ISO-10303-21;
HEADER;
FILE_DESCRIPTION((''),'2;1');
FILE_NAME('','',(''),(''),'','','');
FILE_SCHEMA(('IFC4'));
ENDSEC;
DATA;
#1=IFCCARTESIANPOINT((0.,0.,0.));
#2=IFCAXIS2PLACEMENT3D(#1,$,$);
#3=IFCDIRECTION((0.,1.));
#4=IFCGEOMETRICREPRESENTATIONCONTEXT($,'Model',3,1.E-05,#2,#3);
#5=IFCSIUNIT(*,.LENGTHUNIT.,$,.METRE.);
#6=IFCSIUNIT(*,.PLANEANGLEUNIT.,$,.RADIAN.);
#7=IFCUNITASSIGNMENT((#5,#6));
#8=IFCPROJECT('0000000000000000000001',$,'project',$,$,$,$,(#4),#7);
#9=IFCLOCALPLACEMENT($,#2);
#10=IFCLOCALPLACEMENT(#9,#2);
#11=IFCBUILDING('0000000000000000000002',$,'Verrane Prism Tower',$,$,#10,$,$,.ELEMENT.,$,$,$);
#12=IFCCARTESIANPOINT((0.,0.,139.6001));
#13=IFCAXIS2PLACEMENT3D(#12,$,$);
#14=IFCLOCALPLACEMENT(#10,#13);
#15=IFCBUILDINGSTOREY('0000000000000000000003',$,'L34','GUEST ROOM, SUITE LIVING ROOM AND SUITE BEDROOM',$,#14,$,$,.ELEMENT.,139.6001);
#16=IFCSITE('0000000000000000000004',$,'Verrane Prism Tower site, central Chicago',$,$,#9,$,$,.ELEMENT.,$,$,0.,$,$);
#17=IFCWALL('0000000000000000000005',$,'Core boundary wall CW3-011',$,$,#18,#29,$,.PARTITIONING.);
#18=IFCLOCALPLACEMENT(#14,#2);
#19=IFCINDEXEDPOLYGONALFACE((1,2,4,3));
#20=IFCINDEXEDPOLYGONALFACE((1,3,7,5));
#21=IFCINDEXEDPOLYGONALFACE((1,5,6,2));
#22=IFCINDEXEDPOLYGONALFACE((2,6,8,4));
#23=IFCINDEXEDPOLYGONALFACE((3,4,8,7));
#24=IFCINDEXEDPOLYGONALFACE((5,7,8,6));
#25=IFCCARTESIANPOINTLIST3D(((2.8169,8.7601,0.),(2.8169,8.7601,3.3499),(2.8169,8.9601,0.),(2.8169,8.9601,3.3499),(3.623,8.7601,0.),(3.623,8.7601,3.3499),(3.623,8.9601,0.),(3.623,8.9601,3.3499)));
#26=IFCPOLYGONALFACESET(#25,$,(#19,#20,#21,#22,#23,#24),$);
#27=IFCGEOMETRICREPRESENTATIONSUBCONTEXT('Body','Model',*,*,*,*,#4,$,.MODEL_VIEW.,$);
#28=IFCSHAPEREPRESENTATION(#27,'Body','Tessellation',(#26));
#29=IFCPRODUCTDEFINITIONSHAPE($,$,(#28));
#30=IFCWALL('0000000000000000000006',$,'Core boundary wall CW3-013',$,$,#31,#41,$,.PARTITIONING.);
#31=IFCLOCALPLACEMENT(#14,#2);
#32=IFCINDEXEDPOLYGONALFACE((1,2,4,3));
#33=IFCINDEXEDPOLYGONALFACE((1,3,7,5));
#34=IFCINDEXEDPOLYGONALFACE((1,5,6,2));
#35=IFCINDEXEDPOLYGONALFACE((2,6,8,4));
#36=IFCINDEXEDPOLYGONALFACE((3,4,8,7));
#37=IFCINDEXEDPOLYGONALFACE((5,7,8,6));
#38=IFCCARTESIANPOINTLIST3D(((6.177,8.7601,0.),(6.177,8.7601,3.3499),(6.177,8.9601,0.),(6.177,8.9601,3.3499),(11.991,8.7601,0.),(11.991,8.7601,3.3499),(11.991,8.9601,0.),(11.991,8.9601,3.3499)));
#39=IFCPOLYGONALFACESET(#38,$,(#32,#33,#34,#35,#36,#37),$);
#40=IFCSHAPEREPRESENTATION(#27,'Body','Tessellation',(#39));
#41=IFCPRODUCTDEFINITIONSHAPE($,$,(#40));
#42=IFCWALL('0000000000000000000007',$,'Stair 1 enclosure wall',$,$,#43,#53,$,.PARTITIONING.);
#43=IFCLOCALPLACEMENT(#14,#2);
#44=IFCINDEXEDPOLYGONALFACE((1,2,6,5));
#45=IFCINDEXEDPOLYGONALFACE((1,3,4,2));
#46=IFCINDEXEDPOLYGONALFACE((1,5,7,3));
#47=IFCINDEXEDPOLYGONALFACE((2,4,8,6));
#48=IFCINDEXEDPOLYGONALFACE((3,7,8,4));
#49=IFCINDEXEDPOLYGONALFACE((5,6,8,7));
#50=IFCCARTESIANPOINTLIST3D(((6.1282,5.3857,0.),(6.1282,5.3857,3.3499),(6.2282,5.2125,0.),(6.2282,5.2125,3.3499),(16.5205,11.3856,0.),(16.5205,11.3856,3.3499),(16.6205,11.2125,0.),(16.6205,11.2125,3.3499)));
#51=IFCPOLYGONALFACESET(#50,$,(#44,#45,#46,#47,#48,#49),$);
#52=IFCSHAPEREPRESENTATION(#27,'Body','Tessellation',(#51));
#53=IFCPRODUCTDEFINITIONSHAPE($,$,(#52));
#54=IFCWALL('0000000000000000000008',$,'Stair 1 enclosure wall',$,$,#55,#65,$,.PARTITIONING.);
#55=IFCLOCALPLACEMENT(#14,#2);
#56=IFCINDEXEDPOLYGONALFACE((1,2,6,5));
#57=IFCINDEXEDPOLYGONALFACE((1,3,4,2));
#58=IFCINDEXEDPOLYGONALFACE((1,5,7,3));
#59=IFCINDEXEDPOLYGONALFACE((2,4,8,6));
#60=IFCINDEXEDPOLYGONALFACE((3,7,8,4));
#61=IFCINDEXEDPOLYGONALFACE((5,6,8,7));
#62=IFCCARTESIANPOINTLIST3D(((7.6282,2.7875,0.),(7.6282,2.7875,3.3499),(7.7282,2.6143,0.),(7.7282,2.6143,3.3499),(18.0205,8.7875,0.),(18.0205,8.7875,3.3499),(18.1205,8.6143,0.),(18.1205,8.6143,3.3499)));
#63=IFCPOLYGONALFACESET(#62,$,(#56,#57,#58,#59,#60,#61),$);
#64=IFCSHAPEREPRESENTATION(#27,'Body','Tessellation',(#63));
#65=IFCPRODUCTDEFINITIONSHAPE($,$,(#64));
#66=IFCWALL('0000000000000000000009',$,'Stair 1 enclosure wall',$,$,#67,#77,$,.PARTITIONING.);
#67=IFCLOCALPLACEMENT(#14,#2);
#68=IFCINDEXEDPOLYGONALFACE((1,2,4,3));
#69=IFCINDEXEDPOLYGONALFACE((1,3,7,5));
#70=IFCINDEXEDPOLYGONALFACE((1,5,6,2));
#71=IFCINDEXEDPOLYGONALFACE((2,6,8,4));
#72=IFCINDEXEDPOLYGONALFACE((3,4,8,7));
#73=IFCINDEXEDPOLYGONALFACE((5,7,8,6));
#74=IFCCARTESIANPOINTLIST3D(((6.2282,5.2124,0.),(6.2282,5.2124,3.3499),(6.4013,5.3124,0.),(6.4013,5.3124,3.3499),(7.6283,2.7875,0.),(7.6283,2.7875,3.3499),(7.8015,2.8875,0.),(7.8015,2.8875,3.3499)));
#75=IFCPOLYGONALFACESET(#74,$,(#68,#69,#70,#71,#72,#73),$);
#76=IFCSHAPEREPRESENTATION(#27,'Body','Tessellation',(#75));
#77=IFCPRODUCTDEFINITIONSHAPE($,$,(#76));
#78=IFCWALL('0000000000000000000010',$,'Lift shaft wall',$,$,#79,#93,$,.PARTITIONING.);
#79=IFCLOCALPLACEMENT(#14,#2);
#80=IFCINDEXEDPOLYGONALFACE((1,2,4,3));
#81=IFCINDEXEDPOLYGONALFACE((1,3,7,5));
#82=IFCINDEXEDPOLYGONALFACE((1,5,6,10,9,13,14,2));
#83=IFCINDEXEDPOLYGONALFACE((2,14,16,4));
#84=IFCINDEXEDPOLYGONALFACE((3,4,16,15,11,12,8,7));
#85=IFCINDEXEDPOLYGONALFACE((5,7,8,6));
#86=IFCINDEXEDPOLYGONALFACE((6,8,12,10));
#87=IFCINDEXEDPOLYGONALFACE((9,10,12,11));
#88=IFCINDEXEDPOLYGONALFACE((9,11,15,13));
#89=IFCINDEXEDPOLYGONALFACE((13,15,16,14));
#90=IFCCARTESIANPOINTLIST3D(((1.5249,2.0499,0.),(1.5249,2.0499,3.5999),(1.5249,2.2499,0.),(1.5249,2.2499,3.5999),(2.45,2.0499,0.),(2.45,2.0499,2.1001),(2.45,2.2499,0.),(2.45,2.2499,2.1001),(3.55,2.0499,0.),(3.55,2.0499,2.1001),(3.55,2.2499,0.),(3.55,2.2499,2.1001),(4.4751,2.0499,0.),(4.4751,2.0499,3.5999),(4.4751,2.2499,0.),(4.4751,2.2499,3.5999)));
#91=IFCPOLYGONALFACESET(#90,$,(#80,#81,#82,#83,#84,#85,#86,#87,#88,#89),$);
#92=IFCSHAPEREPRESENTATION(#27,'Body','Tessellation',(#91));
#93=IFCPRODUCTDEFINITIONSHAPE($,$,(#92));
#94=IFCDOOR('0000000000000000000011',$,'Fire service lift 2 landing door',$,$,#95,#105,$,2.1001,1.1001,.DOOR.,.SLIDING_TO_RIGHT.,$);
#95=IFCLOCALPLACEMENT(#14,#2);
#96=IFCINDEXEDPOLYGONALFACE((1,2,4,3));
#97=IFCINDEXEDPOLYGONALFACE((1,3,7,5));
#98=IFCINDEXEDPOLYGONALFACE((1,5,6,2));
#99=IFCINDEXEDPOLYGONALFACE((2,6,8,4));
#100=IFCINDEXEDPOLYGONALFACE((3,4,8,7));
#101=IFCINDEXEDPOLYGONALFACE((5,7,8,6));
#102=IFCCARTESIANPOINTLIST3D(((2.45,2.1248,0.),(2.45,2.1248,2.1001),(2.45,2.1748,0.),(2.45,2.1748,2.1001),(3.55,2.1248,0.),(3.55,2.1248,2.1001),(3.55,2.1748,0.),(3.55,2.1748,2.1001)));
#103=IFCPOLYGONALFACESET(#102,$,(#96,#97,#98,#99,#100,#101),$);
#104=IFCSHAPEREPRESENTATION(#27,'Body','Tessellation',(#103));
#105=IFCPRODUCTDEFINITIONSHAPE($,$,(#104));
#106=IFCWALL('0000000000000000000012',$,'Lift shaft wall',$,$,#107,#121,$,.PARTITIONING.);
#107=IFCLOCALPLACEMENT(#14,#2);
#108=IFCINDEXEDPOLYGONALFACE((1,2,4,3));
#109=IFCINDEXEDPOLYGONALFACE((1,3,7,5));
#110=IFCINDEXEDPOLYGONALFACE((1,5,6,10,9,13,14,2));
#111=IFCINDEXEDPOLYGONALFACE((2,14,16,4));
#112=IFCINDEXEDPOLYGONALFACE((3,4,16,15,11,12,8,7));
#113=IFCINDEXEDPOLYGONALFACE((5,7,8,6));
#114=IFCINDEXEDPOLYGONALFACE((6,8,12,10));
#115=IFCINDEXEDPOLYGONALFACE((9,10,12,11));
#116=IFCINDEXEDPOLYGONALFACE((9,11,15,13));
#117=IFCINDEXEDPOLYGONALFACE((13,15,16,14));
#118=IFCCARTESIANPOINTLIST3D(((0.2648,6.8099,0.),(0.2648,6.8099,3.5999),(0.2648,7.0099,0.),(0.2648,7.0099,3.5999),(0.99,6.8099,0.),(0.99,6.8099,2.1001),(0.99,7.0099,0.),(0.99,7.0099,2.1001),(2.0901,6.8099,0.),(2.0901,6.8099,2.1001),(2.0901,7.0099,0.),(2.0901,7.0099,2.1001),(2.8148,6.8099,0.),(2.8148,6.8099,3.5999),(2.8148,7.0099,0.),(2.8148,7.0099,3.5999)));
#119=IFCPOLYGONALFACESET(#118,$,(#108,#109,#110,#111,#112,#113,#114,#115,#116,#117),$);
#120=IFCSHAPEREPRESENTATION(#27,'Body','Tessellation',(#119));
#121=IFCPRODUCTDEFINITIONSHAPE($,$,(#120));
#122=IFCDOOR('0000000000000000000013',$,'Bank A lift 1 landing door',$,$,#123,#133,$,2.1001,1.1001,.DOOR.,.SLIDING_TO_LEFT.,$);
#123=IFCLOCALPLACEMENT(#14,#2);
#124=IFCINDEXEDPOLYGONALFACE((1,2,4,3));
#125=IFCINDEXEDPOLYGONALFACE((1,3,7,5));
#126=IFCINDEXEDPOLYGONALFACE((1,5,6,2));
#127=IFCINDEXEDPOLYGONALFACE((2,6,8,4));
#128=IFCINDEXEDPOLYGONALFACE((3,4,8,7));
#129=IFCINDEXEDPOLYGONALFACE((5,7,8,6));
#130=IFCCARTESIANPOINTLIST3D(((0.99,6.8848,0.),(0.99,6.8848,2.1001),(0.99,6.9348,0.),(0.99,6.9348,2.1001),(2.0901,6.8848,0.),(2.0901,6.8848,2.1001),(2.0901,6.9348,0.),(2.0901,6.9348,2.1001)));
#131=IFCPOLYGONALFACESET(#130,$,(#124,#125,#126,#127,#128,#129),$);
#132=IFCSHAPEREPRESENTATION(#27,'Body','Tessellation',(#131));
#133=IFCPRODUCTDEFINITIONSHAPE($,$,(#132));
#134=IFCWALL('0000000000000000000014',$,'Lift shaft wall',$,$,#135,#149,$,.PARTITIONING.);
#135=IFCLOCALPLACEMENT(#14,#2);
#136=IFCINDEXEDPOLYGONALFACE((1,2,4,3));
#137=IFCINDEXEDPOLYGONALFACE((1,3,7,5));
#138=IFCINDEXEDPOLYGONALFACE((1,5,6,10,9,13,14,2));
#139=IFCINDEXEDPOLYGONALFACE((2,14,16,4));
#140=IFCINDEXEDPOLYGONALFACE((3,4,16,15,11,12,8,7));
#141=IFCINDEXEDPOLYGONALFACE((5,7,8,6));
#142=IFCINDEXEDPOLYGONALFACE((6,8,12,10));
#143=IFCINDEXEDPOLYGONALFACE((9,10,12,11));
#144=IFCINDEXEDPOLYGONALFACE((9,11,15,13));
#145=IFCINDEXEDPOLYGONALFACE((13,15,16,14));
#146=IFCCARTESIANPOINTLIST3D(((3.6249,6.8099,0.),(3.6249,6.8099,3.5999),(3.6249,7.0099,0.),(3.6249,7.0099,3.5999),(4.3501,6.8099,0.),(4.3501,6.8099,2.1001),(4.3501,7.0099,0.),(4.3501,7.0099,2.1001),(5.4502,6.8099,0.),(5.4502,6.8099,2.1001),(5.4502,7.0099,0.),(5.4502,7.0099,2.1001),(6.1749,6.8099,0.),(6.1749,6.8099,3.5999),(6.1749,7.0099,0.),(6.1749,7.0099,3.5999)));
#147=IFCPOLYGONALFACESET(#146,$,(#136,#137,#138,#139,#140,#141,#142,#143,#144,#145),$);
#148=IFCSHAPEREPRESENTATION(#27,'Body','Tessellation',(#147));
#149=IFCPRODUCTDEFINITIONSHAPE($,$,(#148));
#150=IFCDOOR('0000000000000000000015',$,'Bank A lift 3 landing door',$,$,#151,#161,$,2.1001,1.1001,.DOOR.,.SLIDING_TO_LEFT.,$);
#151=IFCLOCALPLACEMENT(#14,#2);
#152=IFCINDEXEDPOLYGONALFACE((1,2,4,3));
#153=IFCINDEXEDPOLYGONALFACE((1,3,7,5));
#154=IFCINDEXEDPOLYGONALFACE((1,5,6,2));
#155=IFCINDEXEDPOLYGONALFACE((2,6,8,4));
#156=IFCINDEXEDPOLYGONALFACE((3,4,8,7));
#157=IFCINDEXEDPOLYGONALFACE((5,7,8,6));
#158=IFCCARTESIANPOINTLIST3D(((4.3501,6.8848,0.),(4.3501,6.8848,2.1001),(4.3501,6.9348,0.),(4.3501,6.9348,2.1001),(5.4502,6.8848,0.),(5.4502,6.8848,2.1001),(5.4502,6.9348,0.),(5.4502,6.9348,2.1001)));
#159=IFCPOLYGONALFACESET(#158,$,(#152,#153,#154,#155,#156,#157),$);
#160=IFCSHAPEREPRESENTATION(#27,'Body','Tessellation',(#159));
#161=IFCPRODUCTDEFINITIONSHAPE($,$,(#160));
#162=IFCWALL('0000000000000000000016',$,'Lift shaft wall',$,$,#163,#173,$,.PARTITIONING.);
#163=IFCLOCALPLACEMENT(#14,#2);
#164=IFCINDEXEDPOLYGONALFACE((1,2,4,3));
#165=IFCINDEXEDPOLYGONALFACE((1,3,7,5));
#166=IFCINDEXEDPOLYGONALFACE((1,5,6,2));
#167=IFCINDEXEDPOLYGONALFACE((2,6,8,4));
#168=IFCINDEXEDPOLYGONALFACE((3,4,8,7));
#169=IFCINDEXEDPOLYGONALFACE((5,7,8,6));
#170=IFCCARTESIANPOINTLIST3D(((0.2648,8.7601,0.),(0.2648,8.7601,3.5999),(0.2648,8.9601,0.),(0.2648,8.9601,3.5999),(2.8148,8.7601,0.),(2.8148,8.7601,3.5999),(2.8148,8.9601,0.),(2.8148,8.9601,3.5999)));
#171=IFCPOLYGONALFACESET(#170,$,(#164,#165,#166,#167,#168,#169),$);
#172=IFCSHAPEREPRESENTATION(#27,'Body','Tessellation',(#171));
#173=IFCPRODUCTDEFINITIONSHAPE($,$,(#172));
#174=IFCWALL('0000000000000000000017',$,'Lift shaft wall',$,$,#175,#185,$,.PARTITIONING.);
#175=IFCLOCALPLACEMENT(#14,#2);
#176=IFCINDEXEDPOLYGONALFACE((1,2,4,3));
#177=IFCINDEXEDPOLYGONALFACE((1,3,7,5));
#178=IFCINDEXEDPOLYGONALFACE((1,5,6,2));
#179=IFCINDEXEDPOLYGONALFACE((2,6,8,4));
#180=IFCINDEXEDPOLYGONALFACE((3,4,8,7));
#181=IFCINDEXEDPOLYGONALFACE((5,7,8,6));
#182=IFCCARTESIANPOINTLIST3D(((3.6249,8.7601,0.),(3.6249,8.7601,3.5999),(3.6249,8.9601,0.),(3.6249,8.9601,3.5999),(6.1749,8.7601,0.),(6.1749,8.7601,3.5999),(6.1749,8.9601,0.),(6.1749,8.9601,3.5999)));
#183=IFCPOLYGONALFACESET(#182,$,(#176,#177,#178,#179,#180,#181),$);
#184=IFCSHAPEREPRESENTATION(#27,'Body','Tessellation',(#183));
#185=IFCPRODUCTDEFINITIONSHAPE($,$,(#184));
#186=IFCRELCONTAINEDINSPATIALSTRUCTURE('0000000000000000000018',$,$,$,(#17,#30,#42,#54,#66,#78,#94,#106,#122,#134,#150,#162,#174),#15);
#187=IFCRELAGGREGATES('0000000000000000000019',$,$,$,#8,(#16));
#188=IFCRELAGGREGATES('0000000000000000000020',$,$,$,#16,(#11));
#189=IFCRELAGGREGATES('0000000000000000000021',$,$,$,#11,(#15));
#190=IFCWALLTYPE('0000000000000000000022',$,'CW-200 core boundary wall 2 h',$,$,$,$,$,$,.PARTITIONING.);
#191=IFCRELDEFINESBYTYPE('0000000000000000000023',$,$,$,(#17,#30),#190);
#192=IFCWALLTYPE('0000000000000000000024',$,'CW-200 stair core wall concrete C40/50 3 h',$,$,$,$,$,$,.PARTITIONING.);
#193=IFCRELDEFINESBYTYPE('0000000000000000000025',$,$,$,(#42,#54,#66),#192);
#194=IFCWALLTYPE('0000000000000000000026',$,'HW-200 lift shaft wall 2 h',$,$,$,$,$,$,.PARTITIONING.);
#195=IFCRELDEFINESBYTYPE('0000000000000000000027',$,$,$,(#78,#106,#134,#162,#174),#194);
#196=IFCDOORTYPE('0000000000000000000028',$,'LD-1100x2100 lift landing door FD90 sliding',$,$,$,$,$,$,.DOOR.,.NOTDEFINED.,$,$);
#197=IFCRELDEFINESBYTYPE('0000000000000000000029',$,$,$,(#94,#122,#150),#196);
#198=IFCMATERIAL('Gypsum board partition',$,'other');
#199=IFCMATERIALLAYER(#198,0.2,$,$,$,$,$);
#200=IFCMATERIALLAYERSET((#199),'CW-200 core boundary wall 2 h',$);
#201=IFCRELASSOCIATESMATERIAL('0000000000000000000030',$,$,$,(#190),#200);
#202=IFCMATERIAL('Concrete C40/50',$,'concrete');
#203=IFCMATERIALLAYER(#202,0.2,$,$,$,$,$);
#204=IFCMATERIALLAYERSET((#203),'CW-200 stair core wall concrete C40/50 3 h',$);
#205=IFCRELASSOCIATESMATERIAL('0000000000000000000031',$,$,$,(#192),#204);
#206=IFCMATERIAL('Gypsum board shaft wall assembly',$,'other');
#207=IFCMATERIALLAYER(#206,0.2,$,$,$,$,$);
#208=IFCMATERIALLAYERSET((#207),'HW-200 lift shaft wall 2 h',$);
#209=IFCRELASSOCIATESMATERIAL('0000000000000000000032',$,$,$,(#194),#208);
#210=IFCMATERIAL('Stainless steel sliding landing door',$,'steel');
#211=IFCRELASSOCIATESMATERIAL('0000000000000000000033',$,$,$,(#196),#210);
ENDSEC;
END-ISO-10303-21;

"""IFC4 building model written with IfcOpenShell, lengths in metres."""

from ifc_helpers import new_model, si_unit, direction, frame, frame_2d, origin, place, context, subcontext, project, spatial, rectangle, extrude, material, layer, layer_set, type_object, element, fill, save


model = new_model("IFC4")

# Units and contexts
model_context = context("Model", 3, precision=1e-05, world=origin(), true_north=direction((0.0, 1.0)))
body_context = subcontext(model_context, "Body", "Model", "MODEL_VIEW")
ifc_project = project(units=[si_unit("LENGTHUNIT", "METRE"), si_unit("PLANEANGLEUNIT", "RADIAN")], contexts=[model_context])

# Site, building, storey
site_placement = place(None, origin())
site = spatial("IfcSite", under=ifc_project, at=site_placement, Name="Verrane Prism Tower site, central Chicago", CompositionType="ELEMENT", RefElevation=0.0)
building_placement = place(site_placement, origin())
building = spatial("IfcBuilding", under=site, at=building_placement, Name="Verrane Prism Tower", CompositionType="ELEMENT")
storey_placement = place(building_placement, frame((0.0, 0.0, 139.6001)))
storey = spatial("IfcBuildingStorey", under=building, at=storey_placement, Name="L34", Description="GUEST ROOM, SUITE LIVING ROOM AND SUITE BEDROOM", CompositionType="ELEMENT", Elevation=139.6001)

# Shared definitions
ifc_material_1 = material(Name="Gypsum board partition", Category="other")
ifc_layer_1 = layer(ifc_material_1, 0.2)
ifc_layer_set_1 = layer_set([ifc_layer_1], Name="CW-200 core boundary wall 2 h")
wall_type_1 = type_object("IfcWallType", Name="CW-200 core boundary wall 2 h", PredefinedType="PARTITIONING", material=ifc_layer_set_1)

# Walls
wall_1_placement = place(storey_placement, frame((2.8169, 8.8601, 0.0), z_axis=(0.0, 0.0, 1.0), x_axis=(1.0, 0.0, 0.0)))
element("IfcWall", 1, at=wall_1_placement, inside=storey, type_object=wall_type_1, Name="Core boundary wall CW3-011", PredefinedType="PARTITIONING", context=body_context, shape_type="SweptSolid", body=[
    extrude(rectangle(XDim=0.8062, YDim=0.2, at=frame_2d((0.4031, 0.0))), origin(), (0.0, 0.0, 1.0), 3.3499),
])
wall_2_placement = place(storey_placement, frame((6.177, 8.8601, 0.0), z_axis=(0.0, 0.0, 1.0), x_axis=(1.0, 0.0, 0.0)))
element("IfcWall", 2, at=wall_2_placement, inside=storey, type_object=wall_type_1, Name="Core boundary wall CW3-013", PredefinedType="PARTITIONING", context=body_context, shape_type="SweptSolid", body=[
    extrude(rectangle(XDim=5.814, YDim=0.2, at=frame_2d((2.907, 0.0))), origin(), (0.0, 0.0, 1.0), 3.3499),
])
ifc_material_2 = material(Name="Concrete C40/50", Category="concrete")
ifc_layer_2 = layer(ifc_material_2, 0.2)
ifc_layer_set_2 = layer_set([ifc_layer_2], Name="CW-200 stair core wall concrete C40/50 3 h")
wall_type_2 = type_object("IfcWallType", Name="CW-200 stair core wall concrete C40/50 3 h", PredefinedType="PARTITIONING", material=ifc_layer_set_2)
for number, where, z_axis, x_axis, name in (
    (3, (6.1782, 5.2991, 0.0), (0.0, 0.0, 1.0), (0.866026, 0.499999, 0.0), "Stair 1 enclosure wall"),
    (4, (7.6782, 2.7009, 0.0), (0.0, 0.0, 1.0), (0.866026, 0.499999, 0.0), "Stair 1 enclosure wall"),
):
    element("IfcWall", number, at=place(storey_placement, frame(where, z_axis=z_axis, x_axis=x_axis)), inside=storey, type_object=wall_type_2, Name=name, PredefinedType="PARTITIONING", context=body_context, shape_type="SweptSolid", body=[
        extrude(rectangle(XDim=12.0, YDim=0.2, at=frame_2d((6.0, 0.0))), origin(), (0.0, 0.0, 1.0), 3.3499),
    ])
wall_3_placement = place(storey_placement, frame((7.7148, 2.8376, 0.0), z_axis=(0.0, 0.0, 1.0), x_axis=(-0.50005, 0.865997, 0.0)))
element("IfcWall", 5, at=wall_3_placement, inside=storey, type_object=wall_type_2, Name="Stair 1 enclosure wall", PredefinedType="PARTITIONING", context=body_context, shape_type="SweptSolid", body=[
    extrude(rectangle(XDim=2.8, YDim=0.2, at=frame_2d((1.3999, 0.0))), origin(), (0.0, 0.0, 1.0), 3.3499),
])

# Walls, openings, doors
ifc_material_3 = material(Name="Gypsum board shaft wall assembly", Category="other")
ifc_layer_3 = layer(ifc_material_3, 0.2)
ifc_layer_set_3 = layer_set([ifc_layer_3], Name="HW-200 lift shaft wall 2 h")
wall_type_3 = type_object("IfcWallType", Name="HW-200 lift shaft wall 2 h", PredefinedType="PARTITIONING", material=ifc_layer_set_3)
wall_4_placement = place(storey_placement, frame((1.5249, 2.1499, 0.0), z_axis=(0.0, 0.0, 1.0), x_axis=(1.0, 0.0, 0.0)))
wall_4 = element("IfcWall", 6, at=wall_4_placement, inside=storey, type_object=wall_type_3, Name="Lift shaft wall", PredefinedType="PARTITIONING", context=body_context, shape_type="SweptSolid", body=[
    extrude(rectangle(XDim=2.9502, YDim=0.2, at=frame_2d((1.4751, 0.0))), origin(), (0.0, 0.0, 1.0), 3.5999),
])
opening_1_placement = place(wall_4_placement, frame((0.925, 0.0, 0.0)))
opening_1 = element("IfcOpeningElement", 7, at=opening_1_placement, cuts=wall_4, PredefinedType="OPENING", context=body_context, shape_type="SweptSolid", body=[
    extrude(rectangle(XDim=1.1001, YDim=2.1001, at=frame_2d((0.55, 1.05))), frame((0.0, 0.1099, 0.0), z_axis=(0.0, -1.0, 0.0), x_axis=(1.0, 0.0, 0.0)), (0.0, 0.0, 1.0), 0.22),
])
ifc_material_4 = material(Name="Stainless steel sliding landing door", Category="steel")
door_type_1 = type_object("IfcDoorType", Name="LD-1100x2100 lift landing door FD90 sliding", OperationType="NOTDEFINED", PredefinedType="DOOR", material=ifc_material_4)
door_1_placement = place(opening_1_placement, origin())
door_1 = element("IfcDoor", 8, at=door_1_placement, inside=storey, type_object=door_type_1, Name="Fire service lift 2 landing door", OperationType="SLIDING_TO_RIGHT", OverallHeight=2.1001, OverallWidth=1.1001, PredefinedType="DOOR", context=body_context, shape_type="SweptSolid", body=[
    extrude(rectangle(XDim=1.1001, YDim=2.1001, at=frame_2d((0.55, 1.05))), frame((0.0, 0.0249, 0.0), z_axis=(0.0, -1.0, 0.0), x_axis=(1.0, 0.0, 0.0)), (0.0, 0.0, 1.0), 0.05),
])
fill(opening_1, door_1)
wall_5_placement = place(storey_placement, frame((0.2649, 6.9099, 0.0), z_axis=(0.0, 0.0, 1.0), x_axis=(1.0, 0.0, 0.0)))
wall_5 = element("IfcWall", 9, at=wall_5_placement, inside=storey, type_object=wall_type_3, Name="Lift shaft wall", PredefinedType="PARTITIONING", context=body_context, shape_type="SweptSolid", body=[
    extrude(rectangle(XDim=2.55, YDim=0.2, at=frame_2d((1.2749, 0.0))), origin(), (0.0, 0.0, 1.0), 3.5999),
])
opening_2_placement = place(wall_5_placement, frame((0.7251, 0.0, 0.0)))
opening_2 = element("IfcOpeningElement", 10, at=opening_2_placement, cuts=wall_5, PredefinedType="OPENING", context=body_context, shape_type="SweptSolid", body=[
    extrude(rectangle(XDim=1.1001, YDim=2.1001, at=frame_2d((0.55, 1.05))), frame((0.0, 0.1099, 0.0), z_axis=(0.0, -1.0, 0.0), x_axis=(1.0, 0.0, 0.0)), (0.0, 0.0, 1.0), 0.22),
])
door_2_placement = place(opening_2_placement, origin())
door_2 = element("IfcDoor", 11, at=door_2_placement, inside=storey, type_object=door_type_1, Name="Bank A lift 1 landing door", OperationType="SLIDING_TO_LEFT", OverallHeight=2.1001, OverallWidth=1.1001, PredefinedType="DOOR", context=body_context, shape_type="SweptSolid", body=[
    extrude(rectangle(XDim=1.1001, YDim=2.1001, at=frame_2d((0.55, 1.05))), frame((0.0, 0.0249, 0.0), z_axis=(0.0, -1.0, 0.0), x_axis=(1.0, 0.0, 0.0)), (0.0, 0.0, 1.0), 0.05),
])
fill(opening_2, door_2)
wall_6_placement = place(storey_placement, frame((3.625, 6.9099, 0.0), z_axis=(0.0, 0.0, 1.0), x_axis=(1.0, 0.0, 0.0)))
wall_6 = element("IfcWall", 12, at=wall_6_placement, inside=storey, type_object=wall_type_3, Name="Lift shaft wall", PredefinedType="PARTITIONING", context=body_context, shape_type="SweptSolid", body=[
    extrude(rectangle(XDim=2.55, YDim=0.2, at=frame_2d((1.2749, 0.0))), origin(), (0.0, 0.0, 1.0), 3.5999),
])
opening_3_placement = place(wall_6_placement, frame((0.7251, 0.0, 0.0)))
opening_3 = element("IfcOpeningElement", 13, at=opening_3_placement, cuts=wall_6, PredefinedType="OPENING", context=body_context, shape_type="SweptSolid", body=[
    extrude(rectangle(XDim=1.1001, YDim=2.1001, at=frame_2d((0.55, 1.05))), frame((0.0, 0.1099, 0.0), z_axis=(0.0, -1.0, 0.0), x_axis=(1.0, 0.0, 0.0)), (0.0, 0.0, 1.0), 0.22),
])
door_3_placement = place(opening_3_placement, origin())
door_3 = element("IfcDoor", 14, at=door_3_placement, inside=storey, type_object=door_type_1, Name="Bank A lift 3 landing door", OperationType="SLIDING_TO_LEFT", OverallHeight=2.1001, OverallWidth=1.1001, PredefinedType="DOOR", context=body_context, shape_type="SweptSolid", body=[
    extrude(rectangle(XDim=1.1001, YDim=2.1001, at=frame_2d((0.55, 1.05))), frame((0.0, 0.0249, 0.0), z_axis=(0.0, -1.0, 0.0), x_axis=(1.0, 0.0, 0.0)), (0.0, 0.0, 1.0), 0.05),
])
fill(opening_3, door_3)

# Walls
for number, where, z_axis, x_axis, name in (
    (15, (0.2649, 8.8601, 0.0), (0.0, 0.0, 1.0), (1.0, 0.0, 0.0), "Lift shaft wall"),
    (16, (3.625, 8.8601, 0.0), (0.0, 0.0, 1.0), (1.0, 0.0, 0.0), "Lift shaft wall"),
):
    element("IfcWall", number, at=place(storey_placement, frame(where, z_axis=z_axis, x_axis=x_axis)), inside=storey, type_object=wall_type_3, Name=name, PredefinedType="PARTITIONING", context=body_context, shape_type="SweptSolid", body=[
        extrude(rectangle(XDim=2.55, YDim=0.2, at=frame_2d((1.2749, 0.0))), origin(), (0.0, 0.0, 1.0), 3.5999),
    ])

save(model, "model.ifc")
